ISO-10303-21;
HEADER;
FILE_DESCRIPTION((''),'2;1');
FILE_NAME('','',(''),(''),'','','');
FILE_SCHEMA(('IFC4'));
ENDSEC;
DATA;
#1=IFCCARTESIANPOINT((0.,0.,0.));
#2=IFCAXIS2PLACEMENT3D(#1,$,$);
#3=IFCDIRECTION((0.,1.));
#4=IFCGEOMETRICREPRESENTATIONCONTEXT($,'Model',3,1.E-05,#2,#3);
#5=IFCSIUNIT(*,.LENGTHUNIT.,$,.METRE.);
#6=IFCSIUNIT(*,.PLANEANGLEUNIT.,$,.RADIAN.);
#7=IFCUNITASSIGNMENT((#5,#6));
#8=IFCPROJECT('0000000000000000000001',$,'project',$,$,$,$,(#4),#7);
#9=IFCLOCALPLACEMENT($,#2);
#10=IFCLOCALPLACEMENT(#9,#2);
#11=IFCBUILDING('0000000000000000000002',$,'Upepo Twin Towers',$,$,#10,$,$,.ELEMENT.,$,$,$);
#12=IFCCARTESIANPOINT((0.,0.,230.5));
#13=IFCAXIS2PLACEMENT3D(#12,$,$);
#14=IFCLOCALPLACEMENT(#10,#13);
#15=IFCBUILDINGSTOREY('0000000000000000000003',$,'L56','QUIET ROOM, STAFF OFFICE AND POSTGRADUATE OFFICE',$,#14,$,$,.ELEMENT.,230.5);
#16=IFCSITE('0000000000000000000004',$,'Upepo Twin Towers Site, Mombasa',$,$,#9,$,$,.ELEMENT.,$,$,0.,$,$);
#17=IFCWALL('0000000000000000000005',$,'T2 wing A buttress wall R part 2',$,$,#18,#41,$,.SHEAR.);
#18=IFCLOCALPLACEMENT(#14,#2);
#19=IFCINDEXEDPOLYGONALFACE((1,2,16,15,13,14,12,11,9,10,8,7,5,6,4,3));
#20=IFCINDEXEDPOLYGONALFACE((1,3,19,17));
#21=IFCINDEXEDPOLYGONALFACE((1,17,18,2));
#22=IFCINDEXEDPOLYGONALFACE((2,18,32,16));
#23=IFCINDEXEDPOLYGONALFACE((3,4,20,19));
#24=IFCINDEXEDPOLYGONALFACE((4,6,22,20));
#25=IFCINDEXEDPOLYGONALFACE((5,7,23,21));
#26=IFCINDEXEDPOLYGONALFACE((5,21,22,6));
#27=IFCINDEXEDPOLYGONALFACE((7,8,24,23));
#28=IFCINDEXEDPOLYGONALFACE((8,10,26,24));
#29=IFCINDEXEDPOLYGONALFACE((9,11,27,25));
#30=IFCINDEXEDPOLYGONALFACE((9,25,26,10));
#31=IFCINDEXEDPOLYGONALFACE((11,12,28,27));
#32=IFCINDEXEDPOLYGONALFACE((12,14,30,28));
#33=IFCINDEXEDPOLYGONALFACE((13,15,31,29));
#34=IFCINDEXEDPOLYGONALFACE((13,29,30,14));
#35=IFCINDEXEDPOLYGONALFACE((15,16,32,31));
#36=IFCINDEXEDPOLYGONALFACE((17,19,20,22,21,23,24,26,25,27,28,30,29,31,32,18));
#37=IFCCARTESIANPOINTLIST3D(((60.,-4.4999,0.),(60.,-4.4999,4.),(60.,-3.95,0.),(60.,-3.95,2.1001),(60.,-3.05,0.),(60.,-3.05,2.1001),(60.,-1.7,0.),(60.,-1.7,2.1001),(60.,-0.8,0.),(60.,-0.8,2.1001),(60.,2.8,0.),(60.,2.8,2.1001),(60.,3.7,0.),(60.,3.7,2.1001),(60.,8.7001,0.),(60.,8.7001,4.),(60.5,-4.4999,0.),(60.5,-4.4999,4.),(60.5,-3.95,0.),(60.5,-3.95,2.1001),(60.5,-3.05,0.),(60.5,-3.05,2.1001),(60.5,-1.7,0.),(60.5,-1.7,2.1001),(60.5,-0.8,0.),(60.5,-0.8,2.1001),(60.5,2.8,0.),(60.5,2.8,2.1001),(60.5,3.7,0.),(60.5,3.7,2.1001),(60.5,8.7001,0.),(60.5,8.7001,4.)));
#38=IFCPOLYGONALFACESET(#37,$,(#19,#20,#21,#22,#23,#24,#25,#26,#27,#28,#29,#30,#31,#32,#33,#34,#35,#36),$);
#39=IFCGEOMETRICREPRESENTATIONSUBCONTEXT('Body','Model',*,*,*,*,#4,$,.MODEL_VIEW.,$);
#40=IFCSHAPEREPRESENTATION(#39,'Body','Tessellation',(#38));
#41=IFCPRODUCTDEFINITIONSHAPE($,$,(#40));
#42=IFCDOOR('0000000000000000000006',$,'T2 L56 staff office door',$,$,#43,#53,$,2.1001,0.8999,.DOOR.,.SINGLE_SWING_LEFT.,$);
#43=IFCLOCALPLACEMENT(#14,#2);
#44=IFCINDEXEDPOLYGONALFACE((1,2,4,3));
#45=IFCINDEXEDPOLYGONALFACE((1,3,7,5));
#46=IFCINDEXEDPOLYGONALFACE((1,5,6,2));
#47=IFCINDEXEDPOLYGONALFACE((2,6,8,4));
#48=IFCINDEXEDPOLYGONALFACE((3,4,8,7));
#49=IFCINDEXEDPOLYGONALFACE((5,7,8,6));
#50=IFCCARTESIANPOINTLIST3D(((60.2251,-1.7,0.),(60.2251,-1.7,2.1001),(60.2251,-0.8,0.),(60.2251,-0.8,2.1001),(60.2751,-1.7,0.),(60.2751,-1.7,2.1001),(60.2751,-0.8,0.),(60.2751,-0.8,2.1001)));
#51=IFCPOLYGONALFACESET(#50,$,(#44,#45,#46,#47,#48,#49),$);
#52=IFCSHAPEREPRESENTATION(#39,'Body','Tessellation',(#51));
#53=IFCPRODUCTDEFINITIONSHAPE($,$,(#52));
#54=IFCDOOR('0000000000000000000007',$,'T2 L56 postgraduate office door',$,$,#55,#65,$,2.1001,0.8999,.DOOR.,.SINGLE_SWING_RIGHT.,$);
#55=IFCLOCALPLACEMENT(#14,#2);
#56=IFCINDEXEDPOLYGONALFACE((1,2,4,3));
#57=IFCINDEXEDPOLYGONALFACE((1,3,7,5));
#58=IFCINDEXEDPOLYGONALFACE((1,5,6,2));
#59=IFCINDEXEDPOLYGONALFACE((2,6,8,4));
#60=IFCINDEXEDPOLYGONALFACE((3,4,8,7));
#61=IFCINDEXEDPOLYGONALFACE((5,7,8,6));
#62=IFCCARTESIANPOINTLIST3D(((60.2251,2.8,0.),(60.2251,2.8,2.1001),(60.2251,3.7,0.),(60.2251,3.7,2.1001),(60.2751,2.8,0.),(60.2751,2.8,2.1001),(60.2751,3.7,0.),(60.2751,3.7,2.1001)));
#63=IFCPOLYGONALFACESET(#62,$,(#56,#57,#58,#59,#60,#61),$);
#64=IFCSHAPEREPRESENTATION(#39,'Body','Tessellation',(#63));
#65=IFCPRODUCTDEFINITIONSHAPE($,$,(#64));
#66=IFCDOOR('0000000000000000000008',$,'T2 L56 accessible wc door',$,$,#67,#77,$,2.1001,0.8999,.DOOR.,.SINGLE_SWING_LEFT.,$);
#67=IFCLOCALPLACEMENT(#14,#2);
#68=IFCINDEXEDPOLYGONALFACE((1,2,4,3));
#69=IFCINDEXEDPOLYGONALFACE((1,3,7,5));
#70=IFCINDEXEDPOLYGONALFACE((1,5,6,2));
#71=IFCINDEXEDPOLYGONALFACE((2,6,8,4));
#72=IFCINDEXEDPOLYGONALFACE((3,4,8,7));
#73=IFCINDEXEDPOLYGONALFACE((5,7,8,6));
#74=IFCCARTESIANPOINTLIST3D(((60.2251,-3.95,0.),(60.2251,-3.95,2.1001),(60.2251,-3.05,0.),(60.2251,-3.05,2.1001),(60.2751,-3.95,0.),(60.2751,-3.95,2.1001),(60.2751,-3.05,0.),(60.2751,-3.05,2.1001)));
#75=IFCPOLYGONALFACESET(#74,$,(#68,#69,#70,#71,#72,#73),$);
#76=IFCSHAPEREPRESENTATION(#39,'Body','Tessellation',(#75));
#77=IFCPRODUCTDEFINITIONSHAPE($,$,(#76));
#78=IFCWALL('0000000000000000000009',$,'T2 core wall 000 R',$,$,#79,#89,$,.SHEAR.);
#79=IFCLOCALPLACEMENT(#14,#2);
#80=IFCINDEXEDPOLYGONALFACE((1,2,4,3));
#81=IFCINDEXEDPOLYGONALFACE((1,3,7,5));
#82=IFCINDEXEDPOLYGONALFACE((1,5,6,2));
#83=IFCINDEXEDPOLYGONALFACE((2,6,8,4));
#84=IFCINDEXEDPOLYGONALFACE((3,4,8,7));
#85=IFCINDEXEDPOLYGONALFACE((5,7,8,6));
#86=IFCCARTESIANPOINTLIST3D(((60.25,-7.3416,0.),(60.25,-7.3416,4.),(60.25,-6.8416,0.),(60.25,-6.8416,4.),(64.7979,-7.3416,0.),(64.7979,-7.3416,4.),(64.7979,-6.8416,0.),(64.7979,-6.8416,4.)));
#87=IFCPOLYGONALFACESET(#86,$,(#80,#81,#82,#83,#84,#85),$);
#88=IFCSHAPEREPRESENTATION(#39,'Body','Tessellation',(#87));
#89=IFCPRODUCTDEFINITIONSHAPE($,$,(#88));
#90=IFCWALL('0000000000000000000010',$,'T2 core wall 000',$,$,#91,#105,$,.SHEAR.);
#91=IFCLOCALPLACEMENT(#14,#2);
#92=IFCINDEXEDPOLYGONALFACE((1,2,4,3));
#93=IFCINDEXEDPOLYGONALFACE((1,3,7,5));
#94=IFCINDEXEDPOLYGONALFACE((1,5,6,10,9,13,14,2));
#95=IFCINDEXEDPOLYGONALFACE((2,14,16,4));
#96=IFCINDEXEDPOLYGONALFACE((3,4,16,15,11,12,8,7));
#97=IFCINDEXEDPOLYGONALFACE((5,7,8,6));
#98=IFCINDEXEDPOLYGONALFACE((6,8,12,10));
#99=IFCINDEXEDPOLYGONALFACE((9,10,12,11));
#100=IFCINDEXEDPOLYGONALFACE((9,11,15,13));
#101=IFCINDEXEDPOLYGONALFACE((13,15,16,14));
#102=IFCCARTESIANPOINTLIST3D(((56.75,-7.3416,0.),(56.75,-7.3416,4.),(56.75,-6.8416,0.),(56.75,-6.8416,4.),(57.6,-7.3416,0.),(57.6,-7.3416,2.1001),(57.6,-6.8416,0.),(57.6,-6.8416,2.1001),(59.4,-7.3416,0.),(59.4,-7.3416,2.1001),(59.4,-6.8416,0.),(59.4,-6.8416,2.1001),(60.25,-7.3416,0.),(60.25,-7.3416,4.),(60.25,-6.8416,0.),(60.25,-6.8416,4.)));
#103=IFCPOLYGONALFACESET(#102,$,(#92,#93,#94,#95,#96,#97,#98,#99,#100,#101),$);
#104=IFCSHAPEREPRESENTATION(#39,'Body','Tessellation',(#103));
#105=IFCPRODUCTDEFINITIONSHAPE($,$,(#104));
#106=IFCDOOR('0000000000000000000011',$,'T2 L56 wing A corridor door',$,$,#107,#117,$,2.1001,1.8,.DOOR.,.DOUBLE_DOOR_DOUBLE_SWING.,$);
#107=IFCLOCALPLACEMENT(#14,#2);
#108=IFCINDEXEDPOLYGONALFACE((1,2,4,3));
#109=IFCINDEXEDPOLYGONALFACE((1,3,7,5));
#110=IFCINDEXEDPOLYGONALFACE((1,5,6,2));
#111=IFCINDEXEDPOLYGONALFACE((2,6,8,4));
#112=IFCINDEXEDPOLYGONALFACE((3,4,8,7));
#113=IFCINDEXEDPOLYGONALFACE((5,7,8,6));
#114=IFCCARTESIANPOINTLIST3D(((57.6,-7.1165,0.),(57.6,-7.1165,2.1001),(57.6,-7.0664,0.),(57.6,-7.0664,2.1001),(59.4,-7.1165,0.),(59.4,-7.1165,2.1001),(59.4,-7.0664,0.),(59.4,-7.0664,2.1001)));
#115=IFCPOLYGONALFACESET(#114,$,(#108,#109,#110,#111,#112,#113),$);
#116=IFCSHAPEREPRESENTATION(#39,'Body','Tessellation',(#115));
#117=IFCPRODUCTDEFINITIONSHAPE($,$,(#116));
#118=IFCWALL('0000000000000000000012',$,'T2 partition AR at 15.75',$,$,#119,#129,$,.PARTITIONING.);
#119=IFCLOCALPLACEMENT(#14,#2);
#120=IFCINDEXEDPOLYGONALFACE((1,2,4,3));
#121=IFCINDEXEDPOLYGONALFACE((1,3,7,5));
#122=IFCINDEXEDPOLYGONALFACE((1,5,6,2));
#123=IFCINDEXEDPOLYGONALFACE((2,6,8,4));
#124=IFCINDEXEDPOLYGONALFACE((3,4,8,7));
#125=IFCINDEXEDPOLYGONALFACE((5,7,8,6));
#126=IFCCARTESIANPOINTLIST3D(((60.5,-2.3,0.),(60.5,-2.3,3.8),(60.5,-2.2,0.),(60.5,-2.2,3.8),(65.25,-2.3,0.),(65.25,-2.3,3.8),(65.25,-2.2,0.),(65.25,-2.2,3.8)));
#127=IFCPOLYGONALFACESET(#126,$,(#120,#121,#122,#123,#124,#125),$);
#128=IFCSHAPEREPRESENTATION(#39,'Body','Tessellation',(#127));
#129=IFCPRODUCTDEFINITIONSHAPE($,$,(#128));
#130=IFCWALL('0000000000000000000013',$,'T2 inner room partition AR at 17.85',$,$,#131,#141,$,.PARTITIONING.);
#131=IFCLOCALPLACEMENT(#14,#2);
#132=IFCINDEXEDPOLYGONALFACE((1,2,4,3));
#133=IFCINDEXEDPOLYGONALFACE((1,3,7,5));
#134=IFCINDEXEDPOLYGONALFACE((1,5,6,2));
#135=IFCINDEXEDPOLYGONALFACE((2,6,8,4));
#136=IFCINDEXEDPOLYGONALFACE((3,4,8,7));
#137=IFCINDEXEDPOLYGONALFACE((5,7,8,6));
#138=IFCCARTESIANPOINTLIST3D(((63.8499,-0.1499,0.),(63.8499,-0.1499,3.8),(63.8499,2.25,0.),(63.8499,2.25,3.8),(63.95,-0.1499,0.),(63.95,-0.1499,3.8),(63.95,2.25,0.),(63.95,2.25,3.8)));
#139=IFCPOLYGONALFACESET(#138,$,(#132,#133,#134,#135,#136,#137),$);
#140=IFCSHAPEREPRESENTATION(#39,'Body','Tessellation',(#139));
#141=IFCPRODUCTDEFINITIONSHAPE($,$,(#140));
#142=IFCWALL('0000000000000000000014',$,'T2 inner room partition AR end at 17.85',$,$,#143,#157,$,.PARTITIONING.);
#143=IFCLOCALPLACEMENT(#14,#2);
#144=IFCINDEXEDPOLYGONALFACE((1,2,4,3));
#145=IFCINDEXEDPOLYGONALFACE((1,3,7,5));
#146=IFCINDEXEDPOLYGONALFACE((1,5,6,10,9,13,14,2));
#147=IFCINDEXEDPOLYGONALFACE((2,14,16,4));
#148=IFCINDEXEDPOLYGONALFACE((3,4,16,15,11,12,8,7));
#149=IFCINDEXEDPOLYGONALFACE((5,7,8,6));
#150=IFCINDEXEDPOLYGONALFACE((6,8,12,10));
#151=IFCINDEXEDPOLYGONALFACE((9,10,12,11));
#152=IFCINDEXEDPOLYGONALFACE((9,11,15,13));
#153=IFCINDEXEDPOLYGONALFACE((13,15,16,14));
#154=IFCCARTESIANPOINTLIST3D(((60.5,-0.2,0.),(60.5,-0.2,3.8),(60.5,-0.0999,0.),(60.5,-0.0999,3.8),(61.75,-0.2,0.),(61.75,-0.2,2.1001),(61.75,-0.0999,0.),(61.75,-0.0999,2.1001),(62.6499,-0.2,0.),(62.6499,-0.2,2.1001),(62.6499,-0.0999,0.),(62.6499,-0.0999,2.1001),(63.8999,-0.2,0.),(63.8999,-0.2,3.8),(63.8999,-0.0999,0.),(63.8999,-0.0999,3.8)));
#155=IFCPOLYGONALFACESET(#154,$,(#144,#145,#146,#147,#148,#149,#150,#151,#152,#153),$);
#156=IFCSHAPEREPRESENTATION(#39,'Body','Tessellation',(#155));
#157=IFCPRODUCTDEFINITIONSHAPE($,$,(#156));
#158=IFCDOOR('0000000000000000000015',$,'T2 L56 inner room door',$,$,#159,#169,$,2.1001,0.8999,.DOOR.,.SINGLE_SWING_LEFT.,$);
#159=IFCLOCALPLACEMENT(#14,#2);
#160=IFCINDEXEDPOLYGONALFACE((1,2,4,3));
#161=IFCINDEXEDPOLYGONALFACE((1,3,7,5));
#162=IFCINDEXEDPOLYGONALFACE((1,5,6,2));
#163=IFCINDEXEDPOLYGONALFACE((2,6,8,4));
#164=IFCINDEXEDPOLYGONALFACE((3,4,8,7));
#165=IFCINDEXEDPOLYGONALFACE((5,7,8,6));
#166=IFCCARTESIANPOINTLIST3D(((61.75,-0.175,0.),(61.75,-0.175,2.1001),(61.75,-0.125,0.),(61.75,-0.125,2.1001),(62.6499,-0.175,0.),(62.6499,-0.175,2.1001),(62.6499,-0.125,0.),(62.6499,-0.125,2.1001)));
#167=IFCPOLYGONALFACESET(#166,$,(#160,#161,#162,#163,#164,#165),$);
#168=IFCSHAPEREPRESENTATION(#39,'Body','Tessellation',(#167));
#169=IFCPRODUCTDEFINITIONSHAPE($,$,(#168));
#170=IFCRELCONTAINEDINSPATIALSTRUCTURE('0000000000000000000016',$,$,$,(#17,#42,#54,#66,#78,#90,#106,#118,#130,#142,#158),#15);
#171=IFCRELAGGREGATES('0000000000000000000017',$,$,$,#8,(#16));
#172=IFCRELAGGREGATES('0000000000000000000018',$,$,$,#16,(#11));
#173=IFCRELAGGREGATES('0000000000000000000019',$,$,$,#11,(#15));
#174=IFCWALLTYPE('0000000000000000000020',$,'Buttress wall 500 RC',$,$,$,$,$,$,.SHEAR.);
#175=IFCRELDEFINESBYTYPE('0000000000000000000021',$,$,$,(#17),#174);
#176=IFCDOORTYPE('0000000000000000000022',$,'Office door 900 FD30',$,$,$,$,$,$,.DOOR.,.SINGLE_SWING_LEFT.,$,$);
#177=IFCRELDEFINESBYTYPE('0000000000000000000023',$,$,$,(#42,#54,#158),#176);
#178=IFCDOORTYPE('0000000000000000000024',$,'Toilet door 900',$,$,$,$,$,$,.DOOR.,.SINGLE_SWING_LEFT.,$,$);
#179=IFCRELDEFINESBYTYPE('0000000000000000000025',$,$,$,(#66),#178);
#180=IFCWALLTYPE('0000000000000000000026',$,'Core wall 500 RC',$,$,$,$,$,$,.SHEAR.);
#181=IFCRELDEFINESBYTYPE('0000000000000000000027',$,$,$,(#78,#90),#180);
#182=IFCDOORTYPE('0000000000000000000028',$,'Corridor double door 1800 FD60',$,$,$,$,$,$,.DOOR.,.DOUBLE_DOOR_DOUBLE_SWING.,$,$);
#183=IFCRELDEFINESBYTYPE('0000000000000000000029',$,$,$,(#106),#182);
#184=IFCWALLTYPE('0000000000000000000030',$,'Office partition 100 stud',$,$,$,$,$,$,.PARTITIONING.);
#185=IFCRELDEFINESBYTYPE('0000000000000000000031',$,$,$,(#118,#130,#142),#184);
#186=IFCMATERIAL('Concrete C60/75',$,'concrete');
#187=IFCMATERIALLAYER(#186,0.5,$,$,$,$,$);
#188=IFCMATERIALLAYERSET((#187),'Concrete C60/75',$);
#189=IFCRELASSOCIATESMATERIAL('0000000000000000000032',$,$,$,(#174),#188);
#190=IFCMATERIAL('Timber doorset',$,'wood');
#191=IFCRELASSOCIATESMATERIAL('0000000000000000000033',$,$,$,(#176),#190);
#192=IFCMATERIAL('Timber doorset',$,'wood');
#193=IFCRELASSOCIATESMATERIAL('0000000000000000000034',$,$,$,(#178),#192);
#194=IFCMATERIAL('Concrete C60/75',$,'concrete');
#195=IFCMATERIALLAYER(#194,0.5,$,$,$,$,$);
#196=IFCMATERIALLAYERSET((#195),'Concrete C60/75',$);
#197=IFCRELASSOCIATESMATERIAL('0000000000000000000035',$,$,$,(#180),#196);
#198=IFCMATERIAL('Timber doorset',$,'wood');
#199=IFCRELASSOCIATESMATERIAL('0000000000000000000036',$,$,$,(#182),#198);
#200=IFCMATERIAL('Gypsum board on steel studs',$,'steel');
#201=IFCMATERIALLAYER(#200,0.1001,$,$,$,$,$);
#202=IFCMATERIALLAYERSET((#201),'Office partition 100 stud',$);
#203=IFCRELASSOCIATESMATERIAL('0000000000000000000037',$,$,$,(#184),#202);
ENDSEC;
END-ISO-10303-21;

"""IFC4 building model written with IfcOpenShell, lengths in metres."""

from ifc_helpers import new_model, si_unit, direction, frame, frame_2d, origin, place, context, subcontext, project, spatial, rectangle, extrude, material, layer, layer_set, type_object, element, fill, save


model = new_model("IFC4")

# Units and contexts
model_context = context("Model", 3, precision=1e-05, world=origin(), true_north=direction((0.0, 1.0)))
body_context = subcontext(model_context, "Body", "Model", "MODEL_VIEW")
ifc_project = project(units=[si_unit("LENGTHUNIT", "METRE"), si_unit("PLANEANGLEUNIT", "RADIAN")], contexts=[model_context])

# Site, building, storey
site_placement = place(None, origin())
site = spatial("IfcSite", under=ifc_project, at=site_placement, Name="Upepo Twin Towers Site, Mombasa", CompositionType="ELEMENT", RefElevation=0.0)
building_placement = place(site_placement, origin())
building = spatial("IfcBuilding", under=site, at=building_placement, Name="Upepo Twin Towers", CompositionType="ELEMENT")
storey_placement = place(building_placement, frame((0.0, 0.0, 230.5)))
storey = spatial("IfcBuildingStorey", under=building, at=storey_placement, Name="L56", Description="QUIET ROOM, STAFF OFFICE AND POSTGRADUATE OFFICE", CompositionType="ELEMENT", Elevation=230.5)

# Wall, openings, doors
ifc_material_1 = material(Name="Concrete C60/75", Category="concrete")
ifc_layer_1 = layer(ifc_material_1, 0.5)
ifc_layer_set_1 = layer_set([ifc_layer_1], Name="Concrete C60/75")
wall_type_1 = type_object("IfcWallType", Name="Buttress wall 500 RC", PredefinedType="SHEAR", material=ifc_layer_set_1)
wall_1_placement = place(storey_placement, frame((60.25, -4.5, 0.0), z_axis=(0.0, 0.0, 1.0), x_axis=(0.0, 1.0, 0.0)))
wall_1 = element("IfcWall", 1, at=wall_1_placement, inside=storey, type_object=wall_type_1, Name="T2 wing A buttress wall R part 2", PredefinedType="SHEAR", context=body_context, shape_type="SweptSolid", body=[
    extrude(rectangle(XDim=13.2, YDim=0.5, at=frame_2d((6.6001, 0.0))), origin(), (0.0, 0.0, 1.0), 4.0),
])
opening_1_placement = place(wall_1_placement, frame((0.55, 0.0, 0.0)))
opening_1 = element("IfcOpeningElement", 2, at=opening_1_placement, cuts=wall_1, PredefinedType="OPENING", context=body_context, shape_type="SweptSolid", body=[
    extrude(rectangle(XDim=0.8999, YDim=2.1001, at=frame_2d((0.45, 1.05))), frame((0.0, 0.26, 0.0), z_axis=(0.0, -1.0, 0.0), x_axis=(1.0, 0.0, 0.0)), (0.0, 0.0, 1.0), 0.52),
])
opening_2_placement = place(wall_1_placement, frame((2.8, 0.0, 0.0)))
opening_2 = element("IfcOpeningElement", 3, at=opening_2_placement, cuts=wall_1, PredefinedType="OPENING", context=body_context, shape_type="SweptSolid", body=[
    extrude(rectangle(XDim=0.8999, YDim=2.1001, at=frame_2d((0.45, 1.05))), frame((0.0, 0.26, 0.0), z_axis=(0.0, -1.0, 0.0), x_axis=(1.0, 0.0, 0.0)), (0.0, 0.0, 1.0), 0.52),
])
opening_3_placement = place(wall_1_placement, frame((7.3, 0.0, 0.0)))
opening_3 = element("IfcOpeningElement", 4, at=opening_3_placement, cuts=wall_1, PredefinedType="OPENING", context=body_context, shape_type="SweptSolid", body=[
    extrude(rectangle(XDim=0.8999, YDim=2.1001, at=frame_2d((0.45, 1.05))), frame((0.0, 0.26, 0.0), z_axis=(0.0, -1.0, 0.0), x_axis=(1.0, 0.0, 0.0)), (0.0, 0.0, 1.0), 0.52),
])
ifc_material_2 = material(Name="Timber doorset", Category="wood")
door_type_1 = type_object("IfcDoorType", Name="Office door 900 FD30", OperationType="SINGLE_SWING_LEFT", PredefinedType="DOOR", material=ifc_material_2)
door_1_placement = place(opening_2_placement, origin())
door_1 = element("IfcDoor", 5, at=door_1_placement, inside=storey, type_object=door_type_1, Name="T2 L56 staff office door", OperationType="SINGLE_SWING_LEFT", OverallHeight=2.1001, OverallWidth=0.8999, PredefinedType="DOOR", context=body_context, shape_type="SweptSolid", body=[
    extrude(rectangle(XDim=0.8999, YDim=2.1001, at=frame_2d((0.45, 1.05))), frame((0.0, 0.0249, 0.0), z_axis=(0.0, -1.0, 0.0), x_axis=(1.0, 0.0, 0.0)), (0.0, 0.0, 1.0), 0.05),
])
fill(opening_2, door_1)
door_2_placement = place(opening_3_placement, origin())
door_2 = element("IfcDoor", 6, at=door_2_placement, inside=storey, type_object=door_type_1, Name="T2 L56 postgraduate office door", OperationType="SINGLE_SWING_RIGHT", OverallHeight=2.1001, OverallWidth=0.8999, PredefinedType="DOOR", context=body_context, shape_type="SweptSolid", body=[
    extrude(rectangle(XDim=0.8999, YDim=2.1001, at=frame_2d((0.45, 1.05))), frame((0.0, 0.0249, 0.0), z_axis=(0.0, -1.0, 0.0), x_axis=(1.0, 0.0, 0.0)), (0.0, 0.0, 1.0), 0.05),
])
fill(opening_3, door_2)
ifc_material_3 = material(Name="Timber doorset", Category="wood")
door_type_2 = type_object("IfcDoorType", Name="Toilet door 900", OperationType="SINGLE_SWING_LEFT", PredefinedType="DOOR", material=ifc_material_3)
door_3_placement = place(opening_1_placement, origin())
door_3 = element("IfcDoor", 7, at=door_3_placement, inside=storey, type_object=door_type_2, Name="T2 L56 accessible wc door", OperationType="SINGLE_SWING_LEFT", OverallHeight=2.1001, OverallWidth=0.8999, PredefinedType="DOOR", context=body_context, shape_type="SweptSolid", body=[
    extrude(rectangle(XDim=0.8999, YDim=2.1001, at=frame_2d((0.45, 1.05))), frame((0.0, 0.0249, 0.0), z_axis=(0.0, -1.0, 0.0), x_axis=(1.0, 0.0, 0.0)), (0.0, 0.0, 1.0), 0.05),
])
fill(opening_1, door_3)

# Wall
ifc_material_4 = material(Name="Concrete C60/75", Category="concrete")
ifc_layer_2 = layer(ifc_material_4, 0.5)
ifc_layer_set_2 = layer_set([ifc_layer_2], Name="Concrete C60/75")
wall_type_2 = type_object("IfcWallType", Name="Core wall 500 RC", PredefinedType="SHEAR", material=ifc_layer_set_2)
wall_2_placement = place(storey_placement, frame((64.7979, -7.0916, 0.0), z_axis=(0.0, 0.0, 1.0), x_axis=(-1.0, 0.0, 0.0)))
element("IfcWall", 8, at=wall_2_placement, inside=storey, type_object=wall_type_2, Name="T2 core wall 000 R", PredefinedType="SHEAR", context=body_context, shape_type="SweptSolid", body=[
    extrude(rectangle(XDim=4.5479, YDim=0.5, at=frame_2d((2.2739, 0.0))), origin(), (0.0, 0.0, 1.0), 4.0),
])

# Wall, opening, door
wall_3_placement = place(storey_placement, frame((60.25, -7.0916, 0.0), z_axis=(0.0, 0.0, 1.0), x_axis=(-1.0, 0.0, 0.0)))
wall_3 = element("IfcWall", 9, at=wall_3_placement, inside=storey, type_object=wall_type_2, Name="T2 core wall 000", PredefinedType="SHEAR", context=body_context, shape_type="SweptSolid", body=[
    extrude(rectangle(XDim=3.5, YDim=0.5, at=frame_2d((1.75, 0.0))), origin(), (0.0, 0.0, 1.0), 4.0),
])
opening_4_placement = place(wall_3_placement, frame((0.8501, 0.0, 0.0)))
opening_4 = element("IfcOpeningElement", 10, at=opening_4_placement, cuts=wall_3, PredefinedType="OPENING", context=body_context, shape_type="SweptSolid", body=[
    extrude(rectangle(XDim=1.8, YDim=2.1001, at=frame_2d((0.8999, 1.05))), frame((0.0, 0.26, 0.0), z_axis=(0.0, -1.0, 0.0), x_axis=(1.0, 0.0, 0.0)), (0.0, 0.0, 1.0), 0.52),
])
ifc_material_5 = material(Name="Timber doorset", Category="wood")
door_type_3 = type_object("IfcDoorType", Name="Corridor double door 1800 FD60", OperationType="DOUBLE_DOOR_DOUBLE_SWING", PredefinedType="DOOR", material=ifc_material_5)
door_4_placement = place(opening_4_placement, origin())
door_4 = element("IfcDoor", 11, at=door_4_placement, inside=storey, type_object=door_type_3, Name="T2 L56 wing A corridor door", OperationType="DOUBLE_DOOR_DOUBLE_SWING", OverallHeight=2.1001, OverallWidth=1.8, PredefinedType="DOOR", context=body_context, shape_type="SweptSolid", body=[
    extrude(rectangle(XDim=1.8, YDim=2.1001, at=frame_2d((0.8999, 1.05))), frame((0.0, 0.0249, 0.0), z_axis=(0.0, -1.0, 0.0), x_axis=(1.0, 0.0, 0.0)), (0.0, 0.0, 1.0), 0.05),
])
fill(opening_4, door_4)

# Walls
ifc_material_6 = material(Name="Gypsum board on steel studs", Category="steel")
ifc_layer_3 = layer(ifc_material_6, 0.1001)
ifc_layer_set_3 = layer_set([ifc_layer_3], Name="Office partition 100 stud")
wall_type_3 = type_object("IfcWallType", Name="Office partition 100 stud", PredefinedType="PARTITIONING", material=ifc_layer_set_3)
wall_4_placement = place(storey_placement, frame((60.5, -2.25, 0.0), z_axis=(0.0, 0.0, 1.0), x_axis=(1.0, 0.0, 0.0)))
element("IfcWall", 12, at=wall_4_placement, inside=storey, type_object=wall_type_3, Name="T2 partition AR at 15.75", PredefinedType="PARTITIONING", context=body_context, shape_type="SweptSolid", body=[
    extrude(rectangle(XDim=4.75, YDim=0.1001, at=frame_2d((2.375, 0.0))), origin(), (0.0, 0.0, 1.0), 3.8),
])
wall_5_placement = place(storey_placement, frame((63.8999, -0.1499, 0.0), z_axis=(0.0, 0.0, 1.0), x_axis=(0.0, 1.0, 0.0)))
element("IfcWall", 13, at=wall_5_placement, inside=storey, type_object=wall_type_3, Name="T2 inner room partition AR at 17.85", PredefinedType="PARTITIONING", context=body_context, shape_type="SweptSolid", body=[
    extrude(rectangle(XDim=2.3999, YDim=0.1001, at=frame_2d((1.2, 0.0))), origin(), (0.0, 0.0, 1.0), 3.8),
])

# Wall, opening, door
wall_6_placement = place(storey_placement, frame((60.5, -0.1499, 0.0), z_axis=(0.0, 0.0, 1.0), x_axis=(1.0, 0.0, 0.0)))
wall_6 = element("IfcWall", 14, at=wall_6_placement, inside=storey, type_object=wall_type_3, Name="T2 inner room partition AR end at 17.85", PredefinedType="PARTITIONING", context=body_context, shape_type="SweptSolid", body=[
    extrude(rectangle(XDim=3.3999, YDim=0.1001, at=frame_2d((1.7, 0.0))), origin(), (0.0, 0.0, 1.0), 3.8),
])
opening_5_placement = place(wall_6_placement, frame((1.25, 0.0, 0.0)))
opening_5 = element("IfcOpeningElement", 15, at=opening_5_placement, cuts=wall_6, PredefinedType="OPENING", context=body_context, shape_type="SweptSolid", body=[
    extrude(rectangle(XDim=0.8999, YDim=2.1001, at=frame_2d((0.45, 1.05))), frame((0.0, 0.0601, 0.0), z_axis=(0.0, -1.0, 0.0), x_axis=(1.0, 0.0, 0.0)), (0.0, 0.0, 1.0), 0.1201),
])
door_5_placement = place(opening_5_placement, origin())
door_5 = element("IfcDoor", 16, at=door_5_placement, inside=storey, type_object=door_type_1, Name="T2 L56 inner room door", OperationType="SINGLE_SWING_LEFT", OverallHeight=2.1001, OverallWidth=0.8999, PredefinedType="DOOR", context=body_context, shape_type="SweptSolid", body=[
    extrude(rectangle(XDim=0.8999, YDim=2.1001, at=frame_2d((0.45, 1.05))), frame((0.0, 0.0249, 0.0), z_axis=(0.0, -1.0, 0.0), x_axis=(1.0, 0.0, 0.0)), (0.0, 0.0, 1.0), 0.05),
])
fill(opening_5, door_5)

save(model, "model.ifc")
